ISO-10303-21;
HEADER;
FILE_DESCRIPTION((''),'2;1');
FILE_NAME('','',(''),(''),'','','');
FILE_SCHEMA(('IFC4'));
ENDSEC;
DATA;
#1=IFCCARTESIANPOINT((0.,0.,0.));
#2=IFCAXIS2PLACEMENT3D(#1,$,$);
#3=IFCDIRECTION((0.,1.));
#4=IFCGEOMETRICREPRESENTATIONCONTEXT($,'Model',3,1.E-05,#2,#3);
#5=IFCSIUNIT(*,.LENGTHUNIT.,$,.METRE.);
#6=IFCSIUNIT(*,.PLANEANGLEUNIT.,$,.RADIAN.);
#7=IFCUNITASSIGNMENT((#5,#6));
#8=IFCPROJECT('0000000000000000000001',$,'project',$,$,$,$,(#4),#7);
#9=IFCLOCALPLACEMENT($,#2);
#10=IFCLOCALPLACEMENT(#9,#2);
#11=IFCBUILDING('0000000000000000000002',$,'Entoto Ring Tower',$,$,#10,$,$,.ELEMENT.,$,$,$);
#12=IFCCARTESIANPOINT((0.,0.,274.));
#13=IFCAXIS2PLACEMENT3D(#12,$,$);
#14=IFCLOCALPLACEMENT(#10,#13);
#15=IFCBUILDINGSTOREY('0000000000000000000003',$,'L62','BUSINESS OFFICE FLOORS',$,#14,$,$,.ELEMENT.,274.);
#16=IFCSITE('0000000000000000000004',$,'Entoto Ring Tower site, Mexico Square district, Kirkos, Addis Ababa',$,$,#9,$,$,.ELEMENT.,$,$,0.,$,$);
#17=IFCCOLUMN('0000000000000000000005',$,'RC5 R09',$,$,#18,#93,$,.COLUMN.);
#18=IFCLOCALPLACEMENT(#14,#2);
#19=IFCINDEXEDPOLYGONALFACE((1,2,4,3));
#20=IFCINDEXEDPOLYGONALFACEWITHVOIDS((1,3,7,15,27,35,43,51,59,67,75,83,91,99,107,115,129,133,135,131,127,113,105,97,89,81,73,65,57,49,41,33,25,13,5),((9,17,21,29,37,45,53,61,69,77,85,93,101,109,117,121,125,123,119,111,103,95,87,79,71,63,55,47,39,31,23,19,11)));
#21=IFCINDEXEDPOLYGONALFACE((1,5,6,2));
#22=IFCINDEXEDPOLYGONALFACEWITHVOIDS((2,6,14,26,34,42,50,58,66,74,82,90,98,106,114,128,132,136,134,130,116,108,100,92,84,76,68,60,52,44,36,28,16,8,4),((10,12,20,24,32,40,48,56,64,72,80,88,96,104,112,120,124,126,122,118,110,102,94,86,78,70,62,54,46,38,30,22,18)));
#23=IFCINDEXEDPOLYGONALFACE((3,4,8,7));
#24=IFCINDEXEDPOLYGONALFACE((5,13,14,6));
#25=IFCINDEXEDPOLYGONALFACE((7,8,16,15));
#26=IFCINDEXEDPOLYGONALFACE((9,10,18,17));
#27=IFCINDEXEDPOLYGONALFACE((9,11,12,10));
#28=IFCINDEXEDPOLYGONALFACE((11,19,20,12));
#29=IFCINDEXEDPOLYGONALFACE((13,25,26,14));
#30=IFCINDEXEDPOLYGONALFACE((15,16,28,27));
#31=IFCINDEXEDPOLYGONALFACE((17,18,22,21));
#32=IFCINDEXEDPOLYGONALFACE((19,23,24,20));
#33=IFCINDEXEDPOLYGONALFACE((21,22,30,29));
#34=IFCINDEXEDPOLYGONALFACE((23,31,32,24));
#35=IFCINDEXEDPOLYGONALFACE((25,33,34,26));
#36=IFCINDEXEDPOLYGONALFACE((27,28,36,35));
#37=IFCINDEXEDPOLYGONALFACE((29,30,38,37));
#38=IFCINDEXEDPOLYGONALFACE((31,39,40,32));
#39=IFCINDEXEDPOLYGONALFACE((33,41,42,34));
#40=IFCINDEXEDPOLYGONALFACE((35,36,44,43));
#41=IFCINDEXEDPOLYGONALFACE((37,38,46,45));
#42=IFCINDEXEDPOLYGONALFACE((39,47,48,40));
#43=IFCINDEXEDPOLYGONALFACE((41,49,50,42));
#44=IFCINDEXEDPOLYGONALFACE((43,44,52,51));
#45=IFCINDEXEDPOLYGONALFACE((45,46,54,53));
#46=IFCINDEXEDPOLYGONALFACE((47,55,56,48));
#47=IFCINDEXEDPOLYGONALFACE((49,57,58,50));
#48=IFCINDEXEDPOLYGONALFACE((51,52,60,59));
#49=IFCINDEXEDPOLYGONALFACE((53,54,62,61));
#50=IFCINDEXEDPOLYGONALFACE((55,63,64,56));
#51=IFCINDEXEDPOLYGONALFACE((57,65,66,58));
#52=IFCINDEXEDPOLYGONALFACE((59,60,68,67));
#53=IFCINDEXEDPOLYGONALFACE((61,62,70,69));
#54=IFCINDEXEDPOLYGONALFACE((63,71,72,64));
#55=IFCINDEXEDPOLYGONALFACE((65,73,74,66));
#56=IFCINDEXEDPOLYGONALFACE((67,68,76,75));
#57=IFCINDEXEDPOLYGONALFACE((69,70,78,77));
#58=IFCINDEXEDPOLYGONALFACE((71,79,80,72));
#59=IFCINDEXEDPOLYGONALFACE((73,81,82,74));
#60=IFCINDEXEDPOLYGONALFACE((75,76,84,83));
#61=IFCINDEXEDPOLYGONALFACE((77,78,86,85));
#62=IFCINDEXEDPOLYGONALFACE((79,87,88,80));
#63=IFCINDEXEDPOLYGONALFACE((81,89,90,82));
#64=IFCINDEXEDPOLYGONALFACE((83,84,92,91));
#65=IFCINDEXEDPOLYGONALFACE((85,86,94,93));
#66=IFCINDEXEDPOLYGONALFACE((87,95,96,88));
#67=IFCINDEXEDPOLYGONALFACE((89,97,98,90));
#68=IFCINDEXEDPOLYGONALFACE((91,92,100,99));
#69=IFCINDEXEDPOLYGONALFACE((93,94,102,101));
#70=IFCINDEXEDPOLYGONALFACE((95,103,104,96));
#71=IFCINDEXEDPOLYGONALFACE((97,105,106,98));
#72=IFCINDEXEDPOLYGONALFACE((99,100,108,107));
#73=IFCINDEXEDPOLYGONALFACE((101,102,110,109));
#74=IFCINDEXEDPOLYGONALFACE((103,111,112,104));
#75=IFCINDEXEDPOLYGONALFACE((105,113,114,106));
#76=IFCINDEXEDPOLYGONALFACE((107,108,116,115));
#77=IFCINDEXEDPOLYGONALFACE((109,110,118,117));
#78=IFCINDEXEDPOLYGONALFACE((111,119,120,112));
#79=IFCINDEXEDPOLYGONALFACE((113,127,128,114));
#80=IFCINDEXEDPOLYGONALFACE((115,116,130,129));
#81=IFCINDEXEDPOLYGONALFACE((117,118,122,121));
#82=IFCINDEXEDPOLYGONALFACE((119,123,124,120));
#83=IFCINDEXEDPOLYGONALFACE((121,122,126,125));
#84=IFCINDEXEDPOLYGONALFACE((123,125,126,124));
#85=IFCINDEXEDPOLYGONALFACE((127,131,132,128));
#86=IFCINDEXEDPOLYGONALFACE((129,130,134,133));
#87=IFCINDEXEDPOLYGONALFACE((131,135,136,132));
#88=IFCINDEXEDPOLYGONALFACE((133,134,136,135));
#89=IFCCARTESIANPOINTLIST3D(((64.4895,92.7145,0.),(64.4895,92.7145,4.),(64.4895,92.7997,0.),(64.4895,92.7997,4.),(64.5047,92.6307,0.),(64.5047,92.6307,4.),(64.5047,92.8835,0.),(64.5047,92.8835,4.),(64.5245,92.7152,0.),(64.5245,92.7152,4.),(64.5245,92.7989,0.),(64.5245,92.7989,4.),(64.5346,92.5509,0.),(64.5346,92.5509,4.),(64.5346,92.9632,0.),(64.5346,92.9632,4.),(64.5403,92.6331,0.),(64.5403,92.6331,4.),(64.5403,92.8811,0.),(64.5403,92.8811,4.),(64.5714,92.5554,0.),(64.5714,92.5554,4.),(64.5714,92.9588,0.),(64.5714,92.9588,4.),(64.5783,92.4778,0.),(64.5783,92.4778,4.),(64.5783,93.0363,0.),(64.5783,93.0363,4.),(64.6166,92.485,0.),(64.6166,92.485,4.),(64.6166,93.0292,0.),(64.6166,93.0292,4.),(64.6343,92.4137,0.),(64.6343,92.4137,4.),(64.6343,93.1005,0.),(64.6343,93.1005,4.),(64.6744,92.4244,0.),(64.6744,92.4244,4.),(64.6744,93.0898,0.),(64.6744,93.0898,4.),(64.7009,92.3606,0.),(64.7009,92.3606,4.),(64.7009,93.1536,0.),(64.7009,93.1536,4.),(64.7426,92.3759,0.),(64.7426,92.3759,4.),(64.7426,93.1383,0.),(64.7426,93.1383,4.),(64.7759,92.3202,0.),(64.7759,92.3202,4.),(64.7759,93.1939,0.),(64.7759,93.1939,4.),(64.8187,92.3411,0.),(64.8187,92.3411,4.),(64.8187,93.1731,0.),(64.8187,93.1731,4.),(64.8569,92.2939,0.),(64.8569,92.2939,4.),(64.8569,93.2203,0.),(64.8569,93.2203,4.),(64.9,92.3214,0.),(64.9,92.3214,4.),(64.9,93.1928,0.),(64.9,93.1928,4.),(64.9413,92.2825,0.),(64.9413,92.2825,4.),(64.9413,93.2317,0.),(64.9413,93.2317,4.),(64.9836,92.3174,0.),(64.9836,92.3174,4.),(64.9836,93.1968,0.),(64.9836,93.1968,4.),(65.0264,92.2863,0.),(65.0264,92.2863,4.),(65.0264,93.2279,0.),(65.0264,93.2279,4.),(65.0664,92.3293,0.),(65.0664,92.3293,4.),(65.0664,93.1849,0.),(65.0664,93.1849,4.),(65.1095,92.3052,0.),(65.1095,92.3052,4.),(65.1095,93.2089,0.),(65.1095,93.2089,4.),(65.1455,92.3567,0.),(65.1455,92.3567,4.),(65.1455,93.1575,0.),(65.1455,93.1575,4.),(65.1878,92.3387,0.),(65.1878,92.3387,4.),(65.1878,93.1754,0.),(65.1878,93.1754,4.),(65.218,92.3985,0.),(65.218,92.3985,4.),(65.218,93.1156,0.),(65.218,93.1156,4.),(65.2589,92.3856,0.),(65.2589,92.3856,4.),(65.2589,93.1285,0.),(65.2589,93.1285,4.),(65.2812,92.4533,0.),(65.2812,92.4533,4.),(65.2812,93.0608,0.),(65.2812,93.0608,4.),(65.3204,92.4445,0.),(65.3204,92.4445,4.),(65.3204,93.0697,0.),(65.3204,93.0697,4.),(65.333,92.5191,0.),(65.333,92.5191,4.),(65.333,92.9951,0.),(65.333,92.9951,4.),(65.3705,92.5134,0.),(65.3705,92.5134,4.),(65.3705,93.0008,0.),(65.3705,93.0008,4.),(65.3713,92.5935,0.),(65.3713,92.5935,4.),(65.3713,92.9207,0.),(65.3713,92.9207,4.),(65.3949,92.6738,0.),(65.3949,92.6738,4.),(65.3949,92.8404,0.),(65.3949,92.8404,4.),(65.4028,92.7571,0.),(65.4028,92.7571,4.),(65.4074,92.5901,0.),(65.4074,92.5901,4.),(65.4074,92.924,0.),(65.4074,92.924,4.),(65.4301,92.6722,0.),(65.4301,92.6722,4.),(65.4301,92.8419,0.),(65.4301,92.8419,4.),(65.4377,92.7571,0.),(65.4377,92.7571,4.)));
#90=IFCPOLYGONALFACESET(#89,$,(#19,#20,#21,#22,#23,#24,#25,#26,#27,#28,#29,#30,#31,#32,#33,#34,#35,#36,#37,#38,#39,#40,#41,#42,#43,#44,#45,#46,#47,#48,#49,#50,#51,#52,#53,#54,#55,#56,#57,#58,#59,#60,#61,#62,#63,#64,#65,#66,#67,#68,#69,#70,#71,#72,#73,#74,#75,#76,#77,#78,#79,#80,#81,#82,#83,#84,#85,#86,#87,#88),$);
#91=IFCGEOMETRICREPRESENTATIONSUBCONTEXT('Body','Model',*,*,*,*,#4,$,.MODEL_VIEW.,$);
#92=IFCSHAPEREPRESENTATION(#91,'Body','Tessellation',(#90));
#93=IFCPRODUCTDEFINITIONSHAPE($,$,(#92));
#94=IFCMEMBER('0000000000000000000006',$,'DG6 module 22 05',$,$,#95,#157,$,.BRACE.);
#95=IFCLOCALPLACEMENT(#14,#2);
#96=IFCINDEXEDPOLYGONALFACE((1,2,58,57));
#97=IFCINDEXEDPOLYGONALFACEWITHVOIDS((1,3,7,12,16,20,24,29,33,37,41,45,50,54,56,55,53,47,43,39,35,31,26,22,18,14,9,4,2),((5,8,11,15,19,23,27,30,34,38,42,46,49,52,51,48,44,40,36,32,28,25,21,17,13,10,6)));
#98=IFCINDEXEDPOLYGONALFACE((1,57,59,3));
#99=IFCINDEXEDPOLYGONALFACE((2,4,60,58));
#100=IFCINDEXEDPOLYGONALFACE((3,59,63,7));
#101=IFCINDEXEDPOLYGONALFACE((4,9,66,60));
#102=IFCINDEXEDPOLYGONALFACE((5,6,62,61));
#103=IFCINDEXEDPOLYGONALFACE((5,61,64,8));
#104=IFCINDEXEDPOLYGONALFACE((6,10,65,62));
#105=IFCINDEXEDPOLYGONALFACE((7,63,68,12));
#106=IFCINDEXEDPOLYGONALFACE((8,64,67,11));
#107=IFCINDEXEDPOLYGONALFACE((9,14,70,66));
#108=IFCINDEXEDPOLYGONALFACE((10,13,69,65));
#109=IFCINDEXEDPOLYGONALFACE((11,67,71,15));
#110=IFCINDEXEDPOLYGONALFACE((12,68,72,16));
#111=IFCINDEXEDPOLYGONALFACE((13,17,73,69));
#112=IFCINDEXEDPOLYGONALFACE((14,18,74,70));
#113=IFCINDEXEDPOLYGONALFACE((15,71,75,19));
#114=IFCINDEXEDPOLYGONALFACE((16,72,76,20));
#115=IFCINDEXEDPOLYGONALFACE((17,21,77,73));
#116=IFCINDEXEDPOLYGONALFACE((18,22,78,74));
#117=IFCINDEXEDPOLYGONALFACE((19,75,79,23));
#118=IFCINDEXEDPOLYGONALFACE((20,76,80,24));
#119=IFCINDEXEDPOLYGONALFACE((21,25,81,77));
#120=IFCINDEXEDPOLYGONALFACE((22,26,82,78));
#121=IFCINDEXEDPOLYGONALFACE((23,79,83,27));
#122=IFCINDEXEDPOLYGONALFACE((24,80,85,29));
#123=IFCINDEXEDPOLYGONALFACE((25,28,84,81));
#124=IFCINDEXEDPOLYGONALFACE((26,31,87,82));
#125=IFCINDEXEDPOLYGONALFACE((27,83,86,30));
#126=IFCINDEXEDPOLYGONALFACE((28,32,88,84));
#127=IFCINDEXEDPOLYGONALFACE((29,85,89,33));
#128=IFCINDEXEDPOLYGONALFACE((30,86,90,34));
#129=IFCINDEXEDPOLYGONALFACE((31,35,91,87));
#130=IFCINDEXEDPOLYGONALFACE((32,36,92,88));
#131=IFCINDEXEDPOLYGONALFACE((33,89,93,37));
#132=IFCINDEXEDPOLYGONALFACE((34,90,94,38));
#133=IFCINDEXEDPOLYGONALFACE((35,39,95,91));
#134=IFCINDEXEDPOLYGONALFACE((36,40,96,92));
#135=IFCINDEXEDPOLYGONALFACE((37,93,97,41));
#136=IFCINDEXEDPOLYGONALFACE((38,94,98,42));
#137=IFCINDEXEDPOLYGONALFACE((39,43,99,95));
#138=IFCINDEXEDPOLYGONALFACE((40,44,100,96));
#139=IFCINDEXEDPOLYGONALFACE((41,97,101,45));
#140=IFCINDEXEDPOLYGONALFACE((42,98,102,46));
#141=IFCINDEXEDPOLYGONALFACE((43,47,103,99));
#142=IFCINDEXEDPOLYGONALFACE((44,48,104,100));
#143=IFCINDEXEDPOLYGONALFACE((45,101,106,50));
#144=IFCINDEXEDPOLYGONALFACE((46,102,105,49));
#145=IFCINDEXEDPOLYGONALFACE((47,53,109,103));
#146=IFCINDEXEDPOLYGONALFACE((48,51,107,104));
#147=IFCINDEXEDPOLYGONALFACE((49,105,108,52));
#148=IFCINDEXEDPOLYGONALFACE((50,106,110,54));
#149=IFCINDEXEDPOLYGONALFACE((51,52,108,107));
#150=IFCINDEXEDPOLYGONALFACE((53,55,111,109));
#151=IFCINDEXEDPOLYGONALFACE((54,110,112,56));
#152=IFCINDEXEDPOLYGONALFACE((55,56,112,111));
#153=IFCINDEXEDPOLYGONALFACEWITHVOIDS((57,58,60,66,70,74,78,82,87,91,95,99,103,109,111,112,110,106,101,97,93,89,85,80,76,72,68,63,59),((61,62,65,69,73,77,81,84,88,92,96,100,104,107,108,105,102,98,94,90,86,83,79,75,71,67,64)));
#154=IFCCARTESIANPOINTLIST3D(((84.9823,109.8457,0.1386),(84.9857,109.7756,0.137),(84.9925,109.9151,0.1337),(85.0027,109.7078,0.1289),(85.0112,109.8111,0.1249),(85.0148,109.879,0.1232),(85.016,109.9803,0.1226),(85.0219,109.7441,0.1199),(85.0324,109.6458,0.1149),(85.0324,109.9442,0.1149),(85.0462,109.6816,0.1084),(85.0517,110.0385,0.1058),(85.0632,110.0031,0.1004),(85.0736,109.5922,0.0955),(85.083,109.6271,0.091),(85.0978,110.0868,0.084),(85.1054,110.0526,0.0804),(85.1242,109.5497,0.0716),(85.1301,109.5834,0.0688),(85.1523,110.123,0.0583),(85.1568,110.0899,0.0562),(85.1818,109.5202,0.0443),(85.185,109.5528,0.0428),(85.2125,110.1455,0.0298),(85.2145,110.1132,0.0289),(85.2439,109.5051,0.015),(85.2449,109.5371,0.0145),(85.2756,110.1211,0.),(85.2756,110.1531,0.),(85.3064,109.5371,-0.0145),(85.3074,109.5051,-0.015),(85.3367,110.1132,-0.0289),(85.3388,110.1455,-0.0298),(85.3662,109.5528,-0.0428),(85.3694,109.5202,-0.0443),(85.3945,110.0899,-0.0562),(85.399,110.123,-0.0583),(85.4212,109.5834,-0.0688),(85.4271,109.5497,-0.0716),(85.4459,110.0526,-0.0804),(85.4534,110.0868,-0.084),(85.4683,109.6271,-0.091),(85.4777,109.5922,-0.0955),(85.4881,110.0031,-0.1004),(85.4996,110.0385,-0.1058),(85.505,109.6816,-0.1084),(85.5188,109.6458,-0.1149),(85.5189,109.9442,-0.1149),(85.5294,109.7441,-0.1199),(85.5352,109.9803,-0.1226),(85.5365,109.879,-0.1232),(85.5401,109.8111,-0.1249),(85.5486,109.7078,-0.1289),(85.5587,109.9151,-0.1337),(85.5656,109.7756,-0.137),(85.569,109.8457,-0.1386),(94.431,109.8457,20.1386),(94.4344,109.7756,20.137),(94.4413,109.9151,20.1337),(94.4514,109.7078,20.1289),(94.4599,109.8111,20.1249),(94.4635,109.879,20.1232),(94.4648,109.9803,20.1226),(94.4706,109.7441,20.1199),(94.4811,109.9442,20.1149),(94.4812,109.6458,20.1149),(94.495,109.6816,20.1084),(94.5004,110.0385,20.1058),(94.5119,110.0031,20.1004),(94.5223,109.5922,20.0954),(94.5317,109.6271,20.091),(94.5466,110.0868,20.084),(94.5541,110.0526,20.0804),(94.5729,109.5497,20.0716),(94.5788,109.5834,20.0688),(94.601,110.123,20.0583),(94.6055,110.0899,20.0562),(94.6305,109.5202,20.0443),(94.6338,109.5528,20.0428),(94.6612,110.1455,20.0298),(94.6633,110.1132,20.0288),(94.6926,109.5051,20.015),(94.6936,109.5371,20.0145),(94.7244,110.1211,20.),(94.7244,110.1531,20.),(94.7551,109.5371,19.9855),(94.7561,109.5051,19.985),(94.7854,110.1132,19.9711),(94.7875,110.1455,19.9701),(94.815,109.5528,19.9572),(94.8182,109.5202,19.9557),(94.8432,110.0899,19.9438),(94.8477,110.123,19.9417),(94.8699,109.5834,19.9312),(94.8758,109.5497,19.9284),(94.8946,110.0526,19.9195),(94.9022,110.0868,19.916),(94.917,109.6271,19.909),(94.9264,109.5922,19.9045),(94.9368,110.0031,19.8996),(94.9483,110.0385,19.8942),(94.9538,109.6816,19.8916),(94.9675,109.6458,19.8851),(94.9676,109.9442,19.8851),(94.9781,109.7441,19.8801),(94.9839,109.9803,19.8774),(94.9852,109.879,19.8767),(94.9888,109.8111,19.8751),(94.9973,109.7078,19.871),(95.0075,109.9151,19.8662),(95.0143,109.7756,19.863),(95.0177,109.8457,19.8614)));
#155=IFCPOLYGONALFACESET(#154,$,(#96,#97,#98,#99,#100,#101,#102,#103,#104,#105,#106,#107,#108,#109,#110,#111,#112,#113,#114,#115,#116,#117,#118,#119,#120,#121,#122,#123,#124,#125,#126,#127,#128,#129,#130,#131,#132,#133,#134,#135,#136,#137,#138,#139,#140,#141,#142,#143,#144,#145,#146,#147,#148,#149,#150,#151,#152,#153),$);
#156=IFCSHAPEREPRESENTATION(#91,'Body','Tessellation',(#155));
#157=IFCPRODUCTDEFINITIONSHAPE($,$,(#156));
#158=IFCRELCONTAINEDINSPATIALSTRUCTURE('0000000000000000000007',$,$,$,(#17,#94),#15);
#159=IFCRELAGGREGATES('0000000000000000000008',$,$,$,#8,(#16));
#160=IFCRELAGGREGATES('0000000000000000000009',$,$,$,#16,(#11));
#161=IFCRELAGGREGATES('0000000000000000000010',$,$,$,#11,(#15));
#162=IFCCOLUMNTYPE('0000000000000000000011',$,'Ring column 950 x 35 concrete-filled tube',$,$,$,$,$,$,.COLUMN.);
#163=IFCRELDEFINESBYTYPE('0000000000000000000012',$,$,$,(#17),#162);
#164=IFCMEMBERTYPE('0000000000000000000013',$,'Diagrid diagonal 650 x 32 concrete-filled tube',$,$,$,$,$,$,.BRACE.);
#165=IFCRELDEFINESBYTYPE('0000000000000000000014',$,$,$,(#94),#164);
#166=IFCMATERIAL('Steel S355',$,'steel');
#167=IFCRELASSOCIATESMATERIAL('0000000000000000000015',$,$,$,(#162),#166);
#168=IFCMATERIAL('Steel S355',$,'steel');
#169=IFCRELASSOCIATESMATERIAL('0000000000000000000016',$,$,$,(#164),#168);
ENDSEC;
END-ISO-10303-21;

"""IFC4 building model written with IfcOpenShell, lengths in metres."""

from ifc_helpers import new_model, si_unit, direction, frame, origin, origin_2d, place, context, subcontext, project, spatial, circle, hollow_circle, extrude, material, material_profile, profile_set, type_object, element, save


model = new_model("IFC4")

# Units and contexts
model_context = context("Model", 3, precision=1e-05, world=origin(), true_north=direction((0.0, 1.0)))
body_context = subcontext(model_context, "Body", "Model", "MODEL_VIEW")
ifc_project = project(units=[si_unit("LENGTHUNIT", "METRE"), si_unit("PLANEANGLEUNIT", "RADIAN")], contexts=[model_context])

# Site, building, storey
site_placement = place(None, origin())
site = spatial("IfcSite", under=ifc_project, at=site_placement, Name="Entoto Ring Tower site, Mexico Square district, Kirkos, Addis Ababa", CompositionType="ELEMENT", RefElevation=0.0)
building_placement = place(site_placement, origin())
building = spatial("IfcBuilding", under=site, at=building_placement, Name="Entoto Ring Tower", CompositionType="ELEMENT")
storey_placement = place(building_placement, frame((0.0, 0.0, 274.0)))
storey = spatial("IfcBuildingStorey", under=building, at=storey_placement, Name="L62", Description="BUSINESS OFFICE FLOORS", CompositionType="ELEMENT", Elevation=274.0)

# Column
ifc_material_1 = material(Name="Steel S355", Category="steel")
ifc_material_profile_1 = material_profile(ifc_material_1, hollow_circle(Radius=0.4751, WallThickness=0.0349, at=origin_2d()), Name="CHS 950 x 35")
ifc_material_2 = material(Name="Concrete C60/75", Category="concrete")
ifc_material_profile_2 = material_profile(ifc_material_2, circle(Radius=0.4399, at=origin_2d()), Name="Concrete C60/75 infill")
ifc_profile_set_1 = profile_set([ifc_material_profile_1, ifc_material_profile_2], Name="Steel S355")
column_type = type_object("IfcColumnType", Name="Ring column 950 x 35 concrete-filled tube", PredefinedType="COLUMN", material=ifc_profile_set_1)
for number, where, z_axis, x_axis, name in (
    (1, (64.9626, 92.7571, 0.0), (0.0, 0.0, 1.0), (1.0, 0.0, 0.0), "RC5 R09"),
):
    element("IfcColumn", number, at=place(storey_placement, frame(where, z_axis=z_axis, x_axis=x_axis)), inside=storey, type_object=column_type, Name=name, PredefinedType="COLUMN", context=body_context, shape_type="SweptSolid", body=[
        extrude(hollow_circle(Radius=0.4751, WallThickness=0.0349, at=origin_2d()), origin(), (0.0, 0.0, 1.0), 4.0),
    ])

# Member
ifc_material_3 = material(Name="Steel S355", Category="steel")
ifc_material_profile_3 = material_profile(ifc_material_3, hollow_circle(Radius=0.325, WallThickness=0.032, at=origin_2d()), Name="CHS 650 x 32")
ifc_material_4 = material(Name="Concrete C60/75", Category="concrete")
ifc_material_profile_4 = material_profile(ifc_material_4, circle(Radius=0.293, at=origin_2d()), Name="Concrete C60/75 infill")
ifc_profile_set_2 = profile_set([ifc_material_profile_3, ifc_material_profile_4], Name="Steel S355")
member_type_1 = type_object("IfcMemberType", Name="Diagrid diagonal 650 x 32 concrete-filled tube", PredefinedType="BRACE", material=ifc_profile_set_2)
for number, where, z_axis, x_axis, name in (
    (2, (85.2756, 109.8281, 0.0), (0.427165, 0.0, 0.904174), (0.0, 1.0, 0.0), "DG6 module 22 05"),
):
    element("IfcMember", number, at=place(storey_placement, frame(where, z_axis=z_axis, x_axis=x_axis)), inside=storey, type_object=member_type_1, Name=name, PredefinedType="BRACE", context=body_context, shape_type="SweptSolid", body=[
        extrude(hollow_circle(Radius=0.325, WallThickness=0.032, at=origin_2d()), origin(), (0.0, 0.0, 1.0), 22.1196),
    ])

save(model, "model.ifc")
